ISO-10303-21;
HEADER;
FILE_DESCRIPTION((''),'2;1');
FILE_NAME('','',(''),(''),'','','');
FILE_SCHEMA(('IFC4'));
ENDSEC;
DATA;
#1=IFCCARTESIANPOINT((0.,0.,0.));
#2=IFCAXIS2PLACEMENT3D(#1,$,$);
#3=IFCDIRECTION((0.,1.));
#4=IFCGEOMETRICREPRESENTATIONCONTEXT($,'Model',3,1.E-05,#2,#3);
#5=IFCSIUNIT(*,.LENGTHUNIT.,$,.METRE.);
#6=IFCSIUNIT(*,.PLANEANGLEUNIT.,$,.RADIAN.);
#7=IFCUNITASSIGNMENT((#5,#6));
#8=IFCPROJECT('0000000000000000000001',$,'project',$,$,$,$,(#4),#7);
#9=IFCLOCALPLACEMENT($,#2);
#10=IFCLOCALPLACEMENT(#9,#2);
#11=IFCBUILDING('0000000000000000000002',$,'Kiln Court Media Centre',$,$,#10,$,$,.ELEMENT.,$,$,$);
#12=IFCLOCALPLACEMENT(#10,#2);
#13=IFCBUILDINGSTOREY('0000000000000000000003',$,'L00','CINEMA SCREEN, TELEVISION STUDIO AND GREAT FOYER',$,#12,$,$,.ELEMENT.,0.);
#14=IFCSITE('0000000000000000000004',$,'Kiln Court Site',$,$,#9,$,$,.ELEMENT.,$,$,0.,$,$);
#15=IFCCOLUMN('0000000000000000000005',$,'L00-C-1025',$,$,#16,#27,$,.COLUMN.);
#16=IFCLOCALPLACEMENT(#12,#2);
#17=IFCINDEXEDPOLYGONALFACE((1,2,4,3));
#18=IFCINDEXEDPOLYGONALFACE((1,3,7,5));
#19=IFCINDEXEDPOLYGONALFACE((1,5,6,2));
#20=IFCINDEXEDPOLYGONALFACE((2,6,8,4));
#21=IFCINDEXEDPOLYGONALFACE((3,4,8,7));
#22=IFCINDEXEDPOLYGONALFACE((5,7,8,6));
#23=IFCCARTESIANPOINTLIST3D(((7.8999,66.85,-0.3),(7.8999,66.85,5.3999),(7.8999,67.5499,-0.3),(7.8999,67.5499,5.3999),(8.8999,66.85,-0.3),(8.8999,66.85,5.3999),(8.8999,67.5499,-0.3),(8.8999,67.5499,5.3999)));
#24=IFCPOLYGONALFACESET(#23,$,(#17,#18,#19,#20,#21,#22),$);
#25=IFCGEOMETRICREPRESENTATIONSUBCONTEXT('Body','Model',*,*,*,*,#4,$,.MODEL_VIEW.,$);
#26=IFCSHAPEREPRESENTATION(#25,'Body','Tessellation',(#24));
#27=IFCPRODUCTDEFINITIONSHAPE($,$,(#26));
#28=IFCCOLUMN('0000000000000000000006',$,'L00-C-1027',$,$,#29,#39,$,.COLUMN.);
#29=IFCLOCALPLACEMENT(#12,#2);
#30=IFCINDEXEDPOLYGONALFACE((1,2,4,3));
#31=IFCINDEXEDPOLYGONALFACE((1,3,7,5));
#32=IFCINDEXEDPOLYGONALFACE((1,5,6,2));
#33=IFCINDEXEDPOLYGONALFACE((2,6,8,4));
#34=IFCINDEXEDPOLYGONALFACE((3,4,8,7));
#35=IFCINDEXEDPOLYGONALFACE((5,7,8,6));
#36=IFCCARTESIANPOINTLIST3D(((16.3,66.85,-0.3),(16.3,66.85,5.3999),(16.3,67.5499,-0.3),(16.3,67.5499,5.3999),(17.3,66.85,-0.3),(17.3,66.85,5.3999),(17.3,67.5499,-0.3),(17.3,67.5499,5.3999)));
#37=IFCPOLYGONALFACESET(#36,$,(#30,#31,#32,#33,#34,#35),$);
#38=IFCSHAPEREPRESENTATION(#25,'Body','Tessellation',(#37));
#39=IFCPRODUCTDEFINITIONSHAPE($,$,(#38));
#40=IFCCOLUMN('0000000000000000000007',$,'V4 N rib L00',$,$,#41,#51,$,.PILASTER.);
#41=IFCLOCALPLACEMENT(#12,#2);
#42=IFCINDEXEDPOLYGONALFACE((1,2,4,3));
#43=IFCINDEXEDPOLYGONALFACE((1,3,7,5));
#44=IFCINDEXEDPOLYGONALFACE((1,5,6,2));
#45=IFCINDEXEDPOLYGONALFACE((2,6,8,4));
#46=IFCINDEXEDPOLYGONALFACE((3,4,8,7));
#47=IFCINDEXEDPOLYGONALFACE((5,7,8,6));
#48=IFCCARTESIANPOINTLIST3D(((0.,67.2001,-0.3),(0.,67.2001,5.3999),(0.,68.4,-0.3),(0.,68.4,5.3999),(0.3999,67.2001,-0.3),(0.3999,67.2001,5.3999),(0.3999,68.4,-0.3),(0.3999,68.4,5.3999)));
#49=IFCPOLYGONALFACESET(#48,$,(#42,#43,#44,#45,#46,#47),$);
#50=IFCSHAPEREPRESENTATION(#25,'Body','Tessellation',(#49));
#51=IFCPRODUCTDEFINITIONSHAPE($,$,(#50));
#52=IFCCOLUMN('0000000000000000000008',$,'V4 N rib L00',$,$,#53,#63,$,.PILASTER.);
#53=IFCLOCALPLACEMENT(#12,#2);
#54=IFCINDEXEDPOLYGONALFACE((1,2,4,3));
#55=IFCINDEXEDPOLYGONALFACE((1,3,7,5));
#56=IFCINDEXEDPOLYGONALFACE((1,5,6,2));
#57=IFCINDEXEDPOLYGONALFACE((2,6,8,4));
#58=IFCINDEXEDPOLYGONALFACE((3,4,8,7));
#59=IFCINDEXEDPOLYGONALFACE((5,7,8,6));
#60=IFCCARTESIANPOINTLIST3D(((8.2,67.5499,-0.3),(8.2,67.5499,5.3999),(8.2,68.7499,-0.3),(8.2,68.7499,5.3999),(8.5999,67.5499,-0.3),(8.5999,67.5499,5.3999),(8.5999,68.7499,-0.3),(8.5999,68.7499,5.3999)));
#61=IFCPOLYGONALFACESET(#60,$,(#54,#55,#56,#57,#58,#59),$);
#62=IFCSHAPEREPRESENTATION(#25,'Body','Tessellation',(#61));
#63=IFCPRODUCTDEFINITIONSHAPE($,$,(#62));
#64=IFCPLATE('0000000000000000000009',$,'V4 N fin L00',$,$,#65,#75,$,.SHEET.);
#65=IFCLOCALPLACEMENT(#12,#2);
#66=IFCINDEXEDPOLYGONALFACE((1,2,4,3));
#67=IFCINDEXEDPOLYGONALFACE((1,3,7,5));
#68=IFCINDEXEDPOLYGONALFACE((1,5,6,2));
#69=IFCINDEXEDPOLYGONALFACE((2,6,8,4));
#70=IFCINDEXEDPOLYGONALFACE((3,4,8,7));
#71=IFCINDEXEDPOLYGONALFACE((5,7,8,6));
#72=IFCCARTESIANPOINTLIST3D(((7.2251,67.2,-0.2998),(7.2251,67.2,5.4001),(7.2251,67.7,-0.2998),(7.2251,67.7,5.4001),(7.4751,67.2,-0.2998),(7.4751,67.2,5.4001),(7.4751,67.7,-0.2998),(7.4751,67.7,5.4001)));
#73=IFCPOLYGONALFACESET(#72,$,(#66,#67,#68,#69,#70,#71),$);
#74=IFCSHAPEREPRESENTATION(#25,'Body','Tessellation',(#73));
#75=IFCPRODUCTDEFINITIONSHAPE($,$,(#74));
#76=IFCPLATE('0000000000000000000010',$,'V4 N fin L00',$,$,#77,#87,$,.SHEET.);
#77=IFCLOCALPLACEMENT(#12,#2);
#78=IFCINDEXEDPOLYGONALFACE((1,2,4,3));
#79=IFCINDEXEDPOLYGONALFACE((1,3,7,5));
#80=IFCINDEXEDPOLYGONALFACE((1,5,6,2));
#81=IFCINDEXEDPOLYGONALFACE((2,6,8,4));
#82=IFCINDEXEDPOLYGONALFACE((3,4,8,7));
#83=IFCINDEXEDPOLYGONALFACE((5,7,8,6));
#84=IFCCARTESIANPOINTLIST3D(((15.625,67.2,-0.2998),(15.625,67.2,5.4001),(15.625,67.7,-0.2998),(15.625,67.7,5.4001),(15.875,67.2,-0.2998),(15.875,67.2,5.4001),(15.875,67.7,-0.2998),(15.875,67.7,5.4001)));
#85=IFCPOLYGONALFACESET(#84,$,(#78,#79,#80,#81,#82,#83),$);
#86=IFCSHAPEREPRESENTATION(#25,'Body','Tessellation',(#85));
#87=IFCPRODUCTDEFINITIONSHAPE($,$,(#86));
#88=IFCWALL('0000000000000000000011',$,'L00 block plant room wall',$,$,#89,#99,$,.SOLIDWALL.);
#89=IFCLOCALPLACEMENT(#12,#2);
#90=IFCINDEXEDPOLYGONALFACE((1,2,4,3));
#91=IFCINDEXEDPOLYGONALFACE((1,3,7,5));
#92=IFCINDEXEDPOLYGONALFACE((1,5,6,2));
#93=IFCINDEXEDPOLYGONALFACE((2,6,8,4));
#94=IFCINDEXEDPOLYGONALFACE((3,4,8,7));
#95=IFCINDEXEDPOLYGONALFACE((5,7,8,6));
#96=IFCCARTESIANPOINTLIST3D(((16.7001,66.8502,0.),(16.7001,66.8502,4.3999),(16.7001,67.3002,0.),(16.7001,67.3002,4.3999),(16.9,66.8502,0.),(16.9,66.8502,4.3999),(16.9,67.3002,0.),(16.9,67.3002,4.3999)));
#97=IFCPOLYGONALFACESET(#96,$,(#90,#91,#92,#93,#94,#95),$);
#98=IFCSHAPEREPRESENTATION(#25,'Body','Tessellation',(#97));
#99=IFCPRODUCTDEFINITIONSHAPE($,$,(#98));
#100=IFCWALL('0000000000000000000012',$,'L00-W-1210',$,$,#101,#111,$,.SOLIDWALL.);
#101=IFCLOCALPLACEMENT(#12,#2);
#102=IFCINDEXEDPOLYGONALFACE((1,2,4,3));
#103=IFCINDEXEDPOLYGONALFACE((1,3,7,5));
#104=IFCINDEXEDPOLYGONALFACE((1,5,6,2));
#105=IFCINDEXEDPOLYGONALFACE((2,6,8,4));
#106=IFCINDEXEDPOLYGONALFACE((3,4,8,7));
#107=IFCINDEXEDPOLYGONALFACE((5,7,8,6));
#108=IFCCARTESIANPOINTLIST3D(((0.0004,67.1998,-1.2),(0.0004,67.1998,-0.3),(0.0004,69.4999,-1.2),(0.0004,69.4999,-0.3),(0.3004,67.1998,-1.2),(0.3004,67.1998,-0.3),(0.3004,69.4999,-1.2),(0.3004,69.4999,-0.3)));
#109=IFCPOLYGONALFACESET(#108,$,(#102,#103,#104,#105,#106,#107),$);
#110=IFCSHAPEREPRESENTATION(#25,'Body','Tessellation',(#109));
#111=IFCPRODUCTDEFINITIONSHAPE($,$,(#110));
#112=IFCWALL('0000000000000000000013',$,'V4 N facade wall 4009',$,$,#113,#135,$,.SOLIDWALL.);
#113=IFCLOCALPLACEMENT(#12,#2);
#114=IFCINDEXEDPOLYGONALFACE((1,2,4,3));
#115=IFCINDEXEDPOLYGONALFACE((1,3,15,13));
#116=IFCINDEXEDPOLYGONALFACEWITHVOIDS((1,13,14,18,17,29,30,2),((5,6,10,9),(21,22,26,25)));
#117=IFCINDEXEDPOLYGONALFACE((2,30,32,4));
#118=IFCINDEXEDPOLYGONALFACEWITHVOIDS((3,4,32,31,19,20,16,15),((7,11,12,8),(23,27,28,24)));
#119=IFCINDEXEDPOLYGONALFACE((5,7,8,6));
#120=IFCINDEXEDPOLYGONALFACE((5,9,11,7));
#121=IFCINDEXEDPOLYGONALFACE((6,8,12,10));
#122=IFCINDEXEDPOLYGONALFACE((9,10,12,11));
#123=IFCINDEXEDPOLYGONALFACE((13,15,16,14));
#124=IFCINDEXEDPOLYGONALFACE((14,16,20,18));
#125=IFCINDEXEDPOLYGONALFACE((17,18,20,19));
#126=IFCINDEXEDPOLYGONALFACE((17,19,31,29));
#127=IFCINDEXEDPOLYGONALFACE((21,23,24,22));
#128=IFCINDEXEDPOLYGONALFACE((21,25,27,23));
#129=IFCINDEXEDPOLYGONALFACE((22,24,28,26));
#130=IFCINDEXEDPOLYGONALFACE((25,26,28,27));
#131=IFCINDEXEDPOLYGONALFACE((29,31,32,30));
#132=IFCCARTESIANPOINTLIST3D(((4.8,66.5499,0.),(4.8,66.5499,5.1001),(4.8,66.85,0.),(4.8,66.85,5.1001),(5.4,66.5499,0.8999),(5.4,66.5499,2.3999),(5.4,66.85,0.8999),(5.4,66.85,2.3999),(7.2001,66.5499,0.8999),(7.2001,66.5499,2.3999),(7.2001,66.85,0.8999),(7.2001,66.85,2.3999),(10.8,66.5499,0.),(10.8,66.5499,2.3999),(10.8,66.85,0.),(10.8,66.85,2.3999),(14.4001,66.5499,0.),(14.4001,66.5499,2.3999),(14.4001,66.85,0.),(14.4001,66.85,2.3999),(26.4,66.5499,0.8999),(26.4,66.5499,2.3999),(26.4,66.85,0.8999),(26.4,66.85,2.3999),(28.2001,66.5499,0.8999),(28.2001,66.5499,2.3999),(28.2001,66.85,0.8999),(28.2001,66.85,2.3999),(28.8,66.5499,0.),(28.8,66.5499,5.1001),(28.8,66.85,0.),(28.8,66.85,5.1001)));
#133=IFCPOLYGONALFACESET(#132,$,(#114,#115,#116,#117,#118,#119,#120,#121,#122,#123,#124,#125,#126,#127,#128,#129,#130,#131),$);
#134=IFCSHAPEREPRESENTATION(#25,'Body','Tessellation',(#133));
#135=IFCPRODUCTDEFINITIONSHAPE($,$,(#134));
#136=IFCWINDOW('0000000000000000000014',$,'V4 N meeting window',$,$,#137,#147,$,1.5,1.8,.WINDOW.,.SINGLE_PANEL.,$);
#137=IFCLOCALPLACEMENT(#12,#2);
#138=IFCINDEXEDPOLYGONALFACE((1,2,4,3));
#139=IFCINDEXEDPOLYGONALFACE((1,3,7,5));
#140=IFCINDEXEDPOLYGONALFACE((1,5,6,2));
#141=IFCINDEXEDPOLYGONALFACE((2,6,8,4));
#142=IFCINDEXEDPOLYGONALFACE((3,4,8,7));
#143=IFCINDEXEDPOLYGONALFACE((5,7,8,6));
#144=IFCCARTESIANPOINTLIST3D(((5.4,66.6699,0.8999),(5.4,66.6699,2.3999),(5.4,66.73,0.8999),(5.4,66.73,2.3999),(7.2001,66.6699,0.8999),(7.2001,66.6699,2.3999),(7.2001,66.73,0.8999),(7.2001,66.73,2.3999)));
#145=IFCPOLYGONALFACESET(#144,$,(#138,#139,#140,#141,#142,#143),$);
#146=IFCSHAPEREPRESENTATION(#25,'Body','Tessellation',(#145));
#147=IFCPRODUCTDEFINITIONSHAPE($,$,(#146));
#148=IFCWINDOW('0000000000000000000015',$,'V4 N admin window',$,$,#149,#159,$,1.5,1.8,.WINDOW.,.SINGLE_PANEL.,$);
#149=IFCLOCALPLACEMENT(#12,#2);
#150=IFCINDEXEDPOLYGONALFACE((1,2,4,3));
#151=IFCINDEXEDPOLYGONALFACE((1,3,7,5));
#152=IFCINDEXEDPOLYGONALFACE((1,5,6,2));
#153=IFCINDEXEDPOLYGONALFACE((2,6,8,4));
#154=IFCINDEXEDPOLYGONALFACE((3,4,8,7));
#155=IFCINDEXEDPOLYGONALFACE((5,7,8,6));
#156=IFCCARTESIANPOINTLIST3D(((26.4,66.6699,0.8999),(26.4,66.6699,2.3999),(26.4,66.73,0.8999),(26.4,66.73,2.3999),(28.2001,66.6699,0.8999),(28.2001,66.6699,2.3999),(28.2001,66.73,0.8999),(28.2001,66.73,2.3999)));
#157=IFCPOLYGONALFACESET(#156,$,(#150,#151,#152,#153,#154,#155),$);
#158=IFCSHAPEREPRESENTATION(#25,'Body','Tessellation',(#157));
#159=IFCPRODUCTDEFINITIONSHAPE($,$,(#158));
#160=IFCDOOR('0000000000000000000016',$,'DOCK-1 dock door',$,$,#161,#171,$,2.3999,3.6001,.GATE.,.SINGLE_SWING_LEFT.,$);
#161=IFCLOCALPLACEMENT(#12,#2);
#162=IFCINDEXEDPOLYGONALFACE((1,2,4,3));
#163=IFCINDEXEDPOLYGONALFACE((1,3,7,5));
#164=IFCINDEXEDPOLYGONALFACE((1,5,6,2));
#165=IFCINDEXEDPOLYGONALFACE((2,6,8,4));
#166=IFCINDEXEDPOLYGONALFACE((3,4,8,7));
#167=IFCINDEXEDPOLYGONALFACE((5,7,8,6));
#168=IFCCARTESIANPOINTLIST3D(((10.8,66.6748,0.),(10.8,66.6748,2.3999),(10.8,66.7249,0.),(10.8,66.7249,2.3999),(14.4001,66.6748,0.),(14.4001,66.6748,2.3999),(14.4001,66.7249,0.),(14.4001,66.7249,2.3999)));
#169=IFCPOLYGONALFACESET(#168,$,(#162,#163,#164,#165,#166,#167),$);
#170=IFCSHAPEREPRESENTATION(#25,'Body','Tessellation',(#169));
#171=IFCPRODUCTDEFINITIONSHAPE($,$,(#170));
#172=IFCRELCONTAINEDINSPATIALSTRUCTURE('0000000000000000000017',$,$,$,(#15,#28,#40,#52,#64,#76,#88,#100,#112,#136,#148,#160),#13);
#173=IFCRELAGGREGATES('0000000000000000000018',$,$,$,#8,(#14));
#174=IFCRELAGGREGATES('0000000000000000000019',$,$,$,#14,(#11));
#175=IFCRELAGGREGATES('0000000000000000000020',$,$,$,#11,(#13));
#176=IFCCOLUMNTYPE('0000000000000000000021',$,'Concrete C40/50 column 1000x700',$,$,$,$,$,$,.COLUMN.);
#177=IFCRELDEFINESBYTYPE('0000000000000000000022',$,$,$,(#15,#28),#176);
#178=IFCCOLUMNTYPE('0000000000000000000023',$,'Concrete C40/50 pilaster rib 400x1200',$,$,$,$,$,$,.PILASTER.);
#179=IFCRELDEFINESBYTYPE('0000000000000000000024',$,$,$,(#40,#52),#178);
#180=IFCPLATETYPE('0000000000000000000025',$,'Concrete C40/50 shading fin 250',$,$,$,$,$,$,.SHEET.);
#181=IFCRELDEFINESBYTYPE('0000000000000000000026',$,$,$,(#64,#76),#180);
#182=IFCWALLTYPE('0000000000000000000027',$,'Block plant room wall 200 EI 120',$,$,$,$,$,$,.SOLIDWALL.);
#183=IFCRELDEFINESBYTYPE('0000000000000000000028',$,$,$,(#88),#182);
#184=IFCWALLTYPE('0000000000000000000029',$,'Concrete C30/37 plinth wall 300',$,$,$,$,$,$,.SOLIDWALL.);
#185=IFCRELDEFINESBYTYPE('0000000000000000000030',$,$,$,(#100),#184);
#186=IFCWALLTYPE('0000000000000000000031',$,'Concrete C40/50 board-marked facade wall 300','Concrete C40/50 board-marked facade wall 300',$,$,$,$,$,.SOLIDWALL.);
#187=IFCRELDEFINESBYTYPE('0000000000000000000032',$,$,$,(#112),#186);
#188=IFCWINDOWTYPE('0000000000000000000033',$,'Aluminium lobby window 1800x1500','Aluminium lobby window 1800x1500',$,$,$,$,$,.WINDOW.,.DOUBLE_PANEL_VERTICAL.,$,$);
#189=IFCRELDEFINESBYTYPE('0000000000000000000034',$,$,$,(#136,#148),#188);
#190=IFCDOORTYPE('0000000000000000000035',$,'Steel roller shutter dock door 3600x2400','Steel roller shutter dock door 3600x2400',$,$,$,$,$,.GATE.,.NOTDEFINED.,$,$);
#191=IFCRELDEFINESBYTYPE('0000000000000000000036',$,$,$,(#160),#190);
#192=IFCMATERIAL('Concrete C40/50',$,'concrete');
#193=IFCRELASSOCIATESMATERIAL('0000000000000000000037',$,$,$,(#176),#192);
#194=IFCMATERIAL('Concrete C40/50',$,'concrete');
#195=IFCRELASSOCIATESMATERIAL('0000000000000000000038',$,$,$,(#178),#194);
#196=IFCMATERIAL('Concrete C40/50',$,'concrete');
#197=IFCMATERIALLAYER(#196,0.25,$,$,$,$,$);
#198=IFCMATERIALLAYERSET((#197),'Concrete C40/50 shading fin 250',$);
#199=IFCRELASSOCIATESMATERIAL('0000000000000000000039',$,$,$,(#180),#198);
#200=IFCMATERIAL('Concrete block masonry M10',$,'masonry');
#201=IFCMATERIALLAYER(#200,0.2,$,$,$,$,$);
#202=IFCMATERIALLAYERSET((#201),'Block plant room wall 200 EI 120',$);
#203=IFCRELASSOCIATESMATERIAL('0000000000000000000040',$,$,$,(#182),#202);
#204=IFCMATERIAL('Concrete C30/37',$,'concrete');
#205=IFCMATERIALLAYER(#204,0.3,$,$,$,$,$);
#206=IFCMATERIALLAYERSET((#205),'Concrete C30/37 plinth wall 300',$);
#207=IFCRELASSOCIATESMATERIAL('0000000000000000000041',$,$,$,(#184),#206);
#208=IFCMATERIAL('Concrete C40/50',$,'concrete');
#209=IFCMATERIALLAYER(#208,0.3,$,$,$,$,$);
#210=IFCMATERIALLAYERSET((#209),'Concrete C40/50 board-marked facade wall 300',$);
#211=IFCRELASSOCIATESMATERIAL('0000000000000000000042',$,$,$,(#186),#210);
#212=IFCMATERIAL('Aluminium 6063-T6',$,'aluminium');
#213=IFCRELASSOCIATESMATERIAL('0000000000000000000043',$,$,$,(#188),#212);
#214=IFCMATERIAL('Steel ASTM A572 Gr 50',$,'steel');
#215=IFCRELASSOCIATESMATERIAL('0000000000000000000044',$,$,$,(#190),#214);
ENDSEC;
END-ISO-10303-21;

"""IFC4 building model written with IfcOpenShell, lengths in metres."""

from ifc_helpers import new_model, si_unit, direction, frame, frame_2d, origin, origin_2d, place, context, subcontext, project, spatial, rectangle, extrude, material, layer, layer_set, material_profile, profile_set, type_object, element, fill, save


model = new_model("IFC4")

# Units and contexts
model_context = context("Model", 3, precision=1e-05, world=origin(), true_north=direction((0.0, 1.0)))
body_context = subcontext(model_context, "Body", "Model", "MODEL_VIEW")
ifc_project = project(units=[si_unit("LENGTHUNIT", "METRE"), si_unit("PLANEANGLEUNIT", "RADIAN")], contexts=[model_context])

# Site, building, storey
site_placement = place(None, origin())
site = spatial("IfcSite", under=ifc_project, at=site_placement, Name="Kiln Court Site", CompositionType="ELEMENT", RefElevation=0.0)
building_placement = place(site_placement, origin())
building = spatial("IfcBuilding", under=site, at=building_placement, Name="Kiln Court Media Centre", CompositionType="ELEMENT")
storey_placement = place(building_placement, origin())
storey = spatial("IfcBuildingStorey", under=building, at=storey_placement, Name="L00", Description="CINEMA SCREEN, TELEVISION STUDIO AND GREAT FOYER", CompositionType="ELEMENT", Elevation=0.0)

# Columns
ifc_material_1 = material(Name="Concrete C40/50", Category="concrete")
ifc_material_profile_1 = material_profile(ifc_material_1, rectangle(XDim=1.0, YDim=0.7, at=origin_2d()), Name="RC 1000x700")
ifc_profile_set_1 = profile_set([ifc_material_profile_1], Name="Concrete C40/50")
column_type_1 = type_object("IfcColumnType", Name="Concrete C40/50 column 1000x700", PredefinedType="COLUMN", material=ifc_profile_set_1)
for number, where, z_axis, x_axis, name in (
    (1, (8.3999, 67.2, -0.3), (0.0, 0.0, 1.0), (1.0, 0.0, 0.0), "L00-C-1025"),
    (2, (16.8, 67.2, -0.3), (0.0, 0.0, 1.0), (1.0, 0.0, 0.0), "L00-C-1027"),
):
    element("IfcColumn", number, at=place(storey_placement, frame(where, z_axis=z_axis, x_axis=x_axis)), inside=storey, type_object=column_type_1, Name=name, PredefinedType="COLUMN", context=body_context, shape_type="SweptSolid", body=[
        extrude(rectangle(XDim=1.0, YDim=0.7, at=origin_2d()), origin(), (0.0, 0.0, 1.0), 5.7),
    ])
ifc_material_2 = material(Name="Concrete C40/50", Category="concrete")
ifc_material_profile_2 = material_profile(ifc_material_2, rectangle(XDim=0.3999, YDim=1.2, at=origin_2d()), Name="RC 400x1200")
ifc_profile_set_2 = profile_set([ifc_material_profile_2], Name="Concrete C40/50")
column_type_2 = type_object("IfcColumnType", Name="Concrete C40/50 pilaster rib 400x1200", PredefinedType="PILASTER", material=ifc_profile_set_2)
for number, where, z_axis, x_axis, name in (
    (3, (0.2, 67.8, -0.3), (0.0, 0.0, 1.0), (1.0, 0.0, 0.0), "V4 N rib L00"),
    (4, (8.3999, 68.1499, -0.3), (0.0, 0.0, 1.0), (1.0, 0.0, 0.0), "V4 N rib L00"),
):
    element("IfcColumn", number, at=place(storey_placement, frame(where, z_axis=z_axis, x_axis=x_axis)), inside=storey, type_object=column_type_2, Name=name, PredefinedType="PILASTER", context=body_context, shape_type="SweptSolid", body=[
        extrude(rectangle(XDim=0.3999, YDim=1.2, at=origin_2d()), origin(), (0.0, 0.0, 1.0), 5.7),
    ])

# Plates
ifc_material_3 = material(Name="Concrete C40/50", Category="concrete")
ifc_layer_1 = layer(ifc_material_3, 0.25)
ifc_layer_set_1 = layer_set([ifc_layer_1], Name="Concrete C40/50 shading fin 250")
plate_type = type_object("IfcPlateType", Name="Concrete C40/50 shading fin 250", PredefinedType="SHEET", material=ifc_layer_set_1)
for number, where, z_axis, x_axis, name in (
    (5, (7.3501, 67.45, -0.2998), (0.0, 0.0, 1.0), (1.0, 0.0, 0.0), "V4 N fin L00"),
    (6, (15.75, 67.45, -0.2998), (0.0, 0.0, 1.0), (1.0, 0.0, 0.0), "V4 N fin L00"),
):
    element("IfcPlate", number, at=place(storey_placement, frame(where, z_axis=z_axis, x_axis=x_axis)), inside=storey, type_object=plate_type, Name=name, PredefinedType="SHEET", context=body_context, shape_type="SweptSolid", body=[
        extrude(rectangle(XDim=0.25, YDim=0.5, at=origin_2d()), origin(), (0.0, 0.0, 1.0), 5.7),
    ])

# Walls
ifc_material_4 = material(Name="Concrete block masonry M10", Category="masonry")
ifc_layer_2 = layer(ifc_material_4, 0.2)
ifc_layer_set_2 = layer_set([ifc_layer_2], Name="Block plant room wall 200 EI 120")
wall_type_1 = type_object("IfcWallType", Name="Block plant room wall 200 EI 120", PredefinedType="SOLIDWALL", material=ifc_layer_set_2)
wall_1_placement = place(storey_placement, frame((16.8, 66.8501, 0.0), z_axis=(0.0, 0.0, 1.0), x_axis=(0.0, 1.0, 0.0)))
element("IfcWall", 7, at=wall_1_placement, inside=storey, type_object=wall_type_1, Name="L00 block plant room wall", PredefinedType="SOLIDWALL", context=body_context, shape_type="SweptSolid", body=[
    extrude(rectangle(XDim=0.45, YDim=0.2, at=frame_2d((0.2251, 0.0))), origin(), (0.0, 0.0, 1.0), 4.3999),
])
ifc_material_5 = material(Name="Concrete C30/37", Category="concrete")
ifc_layer_3 = layer(ifc_material_5, 0.3)
ifc_layer_set_3 = layer_set([ifc_layer_3], Name="Concrete C30/37 plinth wall 300")
wall_type_2 = type_object("IfcWallType", Name="Concrete C30/37 plinth wall 300", PredefinedType="SOLIDWALL", material=ifc_layer_set_3)
wall_2_placement = place(storey_placement, frame((0.1504, 67.2, -1.2), z_axis=(0.0, 0.0, 1.0), x_axis=(0.0, 1.0, 0.0)))
element("IfcWall", 8, at=wall_2_placement, inside=storey, type_object=wall_type_2, Name="L00-W-1210", PredefinedType="SOLIDWALL", context=body_context, shape_type="SweptSolid", body=[
    extrude(rectangle(XDim=2.3, YDim=0.3, at=frame_2d((1.1499, 0.0))), origin(), (0.0, 0.0, 1.0), 0.8999),
])

# Wall, openings, windows, door
ifc_material_6 = material(Name="Concrete C40/50", Category="concrete")
ifc_layer_4 = layer(ifc_material_6, 0.3)
ifc_layer_set_4 = layer_set([ifc_layer_4], Name="Concrete C40/50 board-marked facade wall 300")
wall_type_3 = type_object("IfcWallType", Name="Concrete C40/50 board-marked facade wall 300", Description="Concrete C40/50 board-marked facade wall 300", PredefinedType="SOLIDWALL", material=ifc_layer_set_4)
wall_3_placement = place(storey_placement, frame((4.8, 66.7, 0.0), z_axis=(0.0, 0.0, 1.0), x_axis=(1.0, 0.0, 0.0)))
wall_3 = element("IfcWall", 9, at=wall_3_placement, inside=storey, type_object=wall_type_3, Name="V4 N facade wall 4009", PredefinedType="SOLIDWALL", context=body_context, shape_type="SweptSolid", body=[
    extrude(rectangle(XDim=24.0, YDim=0.3, at=frame_2d((12.0, 0.0))), origin(), (0.0, 0.0, 1.0), 5.1001),
])
opening_1_placement = place(wall_3_placement, frame((6.0, 0.0, 0.0)))
opening_1 = element("IfcOpeningElement", 10, at=opening_1_placement, cuts=wall_3, PredefinedType="OPENING", context=body_context, shape_type="SweptSolid", body=[
    extrude(rectangle(XDim=3.6001, YDim=2.3999, at=frame_2d((1.8, 1.2))), frame((0.0, 0.1599, 0.0), z_axis=(0.0, -1.0, 0.0), x_axis=(1.0, 0.0, 0.0)), (0.0, 0.0, 1.0), 0.3201),
])
opening_2_placement = place(wall_3_placement, frame((0.6001, 0.0, 0.8999)))
opening_2 = element("IfcOpeningElement", 11, at=opening_2_placement, cuts=wall_3, PredefinedType="OPENING", context=body_context, shape_type="SweptSolid", body=[
    extrude(rectangle(XDim=1.8, YDim=1.5, at=frame_2d((0.8999, 0.75))), frame((0.0, 0.1599, 0.0), z_axis=(0.0, -1.0, 0.0), x_axis=(1.0, 0.0, 0.0)), (0.0, 0.0, 1.0), 0.3201),
])
opening_3_placement = place(wall_3_placement, frame((21.6001, 0.0, 0.8999)))
opening_3 = element("IfcOpeningElement", 12, at=opening_3_placement, cuts=wall_3, PredefinedType="OPENING", context=body_context, shape_type="SweptSolid", body=[
    extrude(rectangle(XDim=1.8, YDim=1.5, at=frame_2d((0.8999, 0.75))), frame((0.0, 0.1599, 0.0), z_axis=(0.0, -1.0, 0.0), x_axis=(1.0, 0.0, 0.0)), (0.0, 0.0, 1.0), 0.3201),
])
ifc_material_7 = material(Name="Aluminium 6063-T6", Category="aluminium")
window_type = type_object("IfcWindowType", Name="Aluminium lobby window 1800x1500", Description="Aluminium lobby window 1800x1500", PartitioningType="DOUBLE_PANEL_VERTICAL", PredefinedType="WINDOW", material=ifc_material_7)
window_1_placement = place(opening_2_placement, origin())
window_1 = element("IfcWindow", 13, at=window_1_placement, inside=storey, type_object=window_type, Name="V4 N meeting window", OverallHeight=1.5, OverallWidth=1.8, PartitioningType="SINGLE_PANEL", PredefinedType="WINDOW", context=body_context, shape_type="SweptSolid", body=[
    extrude(rectangle(XDim=1.8, YDim=1.5, at=frame_2d((0.8999, 0.75))), frame((0.0, 0.03, 0.0), z_axis=(0.0, -1.0, 0.0), x_axis=(1.0, 0.0, 0.0)), (0.0, 0.0, 1.0), 0.0601),
])
fill(opening_2, window_1)
window_2_placement = place(opening_3_placement, origin())
window_2 = element("IfcWindow", 14, at=window_2_placement, inside=storey, type_object=window_type, Name="V4 N admin window", OverallHeight=1.5, OverallWidth=1.8, PartitioningType="SINGLE_PANEL", PredefinedType="WINDOW", context=body_context, shape_type="SweptSolid", body=[
    extrude(rectangle(XDim=1.8, YDim=1.5, at=frame_2d((0.8999, 0.75))), frame((0.0, 0.03, 0.0), z_axis=(0.0, -1.0, 0.0), x_axis=(1.0, 0.0, 0.0)), (0.0, 0.0, 1.0), 0.0601),
])
fill(opening_3, window_2)
ifc_material_8 = material(Name="Steel ASTM A572 Gr 50", Category="steel")
door_type_1 = type_object("IfcDoorType", Name="Steel roller shutter dock door 3600x2400", Description="Steel roller shutter dock door 3600x2400", OperationType="NOTDEFINED", PredefinedType="GATE", material=ifc_material_8)
door_1_placement = place(opening_1_placement, origin())
door_1 = element("IfcDoor", 15, at=door_1_placement, inside=storey, type_object=door_type_1, Name="DOCK-1 dock door", OperationType="SINGLE_SWING_LEFT", OverallHeight=2.3999, OverallWidth=3.6001, PredefinedType="GATE", context=body_context, shape_type="SweptSolid", body=[
    extrude(rectangle(XDim=3.6001, YDim=2.3999, at=frame_2d((1.8, 1.2))), frame((0.0, 0.0249, 0.0), z_axis=(0.0, -1.0, 0.0), x_axis=(1.0, 0.0, 0.0)), (0.0, 0.0, 1.0), 0.05),
])
fill(opening_1, door_1)

save(model, "model.ifc")
